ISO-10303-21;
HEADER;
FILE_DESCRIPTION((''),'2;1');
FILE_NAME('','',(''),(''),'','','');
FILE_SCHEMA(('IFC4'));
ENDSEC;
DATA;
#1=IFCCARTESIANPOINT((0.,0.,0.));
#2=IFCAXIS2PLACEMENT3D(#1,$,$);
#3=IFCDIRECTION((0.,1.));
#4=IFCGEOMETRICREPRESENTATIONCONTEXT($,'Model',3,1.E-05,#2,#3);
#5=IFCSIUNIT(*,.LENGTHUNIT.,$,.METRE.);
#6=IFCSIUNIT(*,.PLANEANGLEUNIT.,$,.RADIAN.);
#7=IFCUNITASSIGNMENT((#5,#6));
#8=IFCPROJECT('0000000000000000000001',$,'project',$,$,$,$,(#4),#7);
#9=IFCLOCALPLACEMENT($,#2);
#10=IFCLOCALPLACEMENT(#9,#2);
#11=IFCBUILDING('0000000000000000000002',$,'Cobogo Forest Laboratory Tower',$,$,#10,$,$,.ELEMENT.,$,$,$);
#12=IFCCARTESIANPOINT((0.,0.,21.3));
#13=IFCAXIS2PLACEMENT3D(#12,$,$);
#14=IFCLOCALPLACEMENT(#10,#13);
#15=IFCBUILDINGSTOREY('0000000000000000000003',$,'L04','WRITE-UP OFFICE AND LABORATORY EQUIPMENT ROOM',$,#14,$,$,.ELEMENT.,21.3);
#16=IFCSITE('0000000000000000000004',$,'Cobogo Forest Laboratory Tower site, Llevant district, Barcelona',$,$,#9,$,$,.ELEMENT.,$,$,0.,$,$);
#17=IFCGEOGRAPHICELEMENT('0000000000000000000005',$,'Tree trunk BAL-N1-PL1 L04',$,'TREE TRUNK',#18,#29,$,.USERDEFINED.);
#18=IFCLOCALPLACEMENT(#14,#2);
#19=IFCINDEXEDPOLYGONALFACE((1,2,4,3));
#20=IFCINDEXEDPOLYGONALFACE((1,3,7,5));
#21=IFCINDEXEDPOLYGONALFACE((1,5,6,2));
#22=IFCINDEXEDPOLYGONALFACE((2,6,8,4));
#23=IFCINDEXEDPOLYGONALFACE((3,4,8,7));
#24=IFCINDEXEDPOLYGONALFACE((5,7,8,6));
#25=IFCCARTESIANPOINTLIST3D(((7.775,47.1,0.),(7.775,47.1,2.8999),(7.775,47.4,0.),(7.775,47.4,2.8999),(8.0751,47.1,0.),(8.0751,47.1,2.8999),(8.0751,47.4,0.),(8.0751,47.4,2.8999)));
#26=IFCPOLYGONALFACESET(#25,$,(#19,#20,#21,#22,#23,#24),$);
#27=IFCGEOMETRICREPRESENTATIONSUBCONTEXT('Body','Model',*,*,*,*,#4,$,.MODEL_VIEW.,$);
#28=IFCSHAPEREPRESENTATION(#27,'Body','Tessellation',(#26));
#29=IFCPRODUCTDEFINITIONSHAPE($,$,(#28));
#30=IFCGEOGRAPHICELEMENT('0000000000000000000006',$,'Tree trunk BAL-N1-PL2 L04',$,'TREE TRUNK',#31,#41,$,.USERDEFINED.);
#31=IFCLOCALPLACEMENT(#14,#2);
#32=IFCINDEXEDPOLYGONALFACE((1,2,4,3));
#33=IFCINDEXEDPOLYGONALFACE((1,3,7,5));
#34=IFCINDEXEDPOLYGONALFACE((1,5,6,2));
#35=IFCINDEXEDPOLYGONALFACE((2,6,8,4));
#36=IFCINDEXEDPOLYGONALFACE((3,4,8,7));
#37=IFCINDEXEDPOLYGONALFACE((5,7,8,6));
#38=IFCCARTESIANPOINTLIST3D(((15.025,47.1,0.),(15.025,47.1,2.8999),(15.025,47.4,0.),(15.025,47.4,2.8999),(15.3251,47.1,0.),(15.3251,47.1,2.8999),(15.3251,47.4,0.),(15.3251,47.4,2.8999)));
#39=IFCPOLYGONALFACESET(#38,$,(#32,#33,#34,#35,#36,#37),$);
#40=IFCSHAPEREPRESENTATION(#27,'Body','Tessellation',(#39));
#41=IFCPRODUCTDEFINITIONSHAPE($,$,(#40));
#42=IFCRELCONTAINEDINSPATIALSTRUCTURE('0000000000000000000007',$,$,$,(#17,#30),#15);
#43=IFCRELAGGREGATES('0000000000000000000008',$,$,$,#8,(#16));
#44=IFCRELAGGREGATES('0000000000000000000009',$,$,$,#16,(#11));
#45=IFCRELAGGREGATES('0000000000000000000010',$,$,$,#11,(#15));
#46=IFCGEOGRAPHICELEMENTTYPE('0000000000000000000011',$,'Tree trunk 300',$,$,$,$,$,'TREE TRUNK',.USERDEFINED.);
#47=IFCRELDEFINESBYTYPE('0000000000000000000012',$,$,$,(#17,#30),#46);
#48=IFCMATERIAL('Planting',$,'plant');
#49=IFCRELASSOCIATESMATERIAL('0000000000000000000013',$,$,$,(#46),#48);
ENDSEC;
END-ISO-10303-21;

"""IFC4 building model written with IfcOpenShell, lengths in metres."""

from ifc_helpers import new_model, si_unit, direction, frame, origin, origin_2d, place, context, subcontext, project, spatial, rectangle, extrude, material, type_object, element, save


model = new_model("IFC4")

# Units and contexts
model_context = context("Model", 3, precision=1e-05, world=origin(), true_north=direction((0.0, 1.0)))
body_context = subcontext(model_context, "Body", "Model", "MODEL_VIEW")
ifc_project = project(units=[si_unit("LENGTHUNIT", "METRE"), si_unit("PLANEANGLEUNIT", "RADIAN")], contexts=[model_context])

# Site, building, storey
site_placement = place(None, origin())
site = spatial("IfcSite", under=ifc_project, at=site_placement, Name="Cobogo Forest Laboratory Tower site, Llevant district, Barcelona", CompositionType="ELEMENT", RefElevation=0.0)
building_placement = place(site_placement, origin())
building = spatial("IfcBuilding", under=site, at=building_placement, Name="Cobogo Forest Laboratory Tower", CompositionType="ELEMENT")
storey_placement = place(building_placement, frame((0.0, 0.0, 21.3)))
storey = spatial("IfcBuildingStorey", under=building, at=storey_placement, Name="L04", Description="WRITE-UP OFFICE AND LABORATORY EQUIPMENT ROOM", CompositionType="ELEMENT", Elevation=21.3)

# Geographic elements
ifc_material_1 = material(Name="Planting", Category="plant")
geographic_element_type = type_object("IfcGeographicElementType", Name="Tree trunk 300", ElementType="TREE TRUNK", PredefinedType="USERDEFINED", material=ifc_material_1)
for number, where, z_axis, x_axis, name in (
    (1, (7.925, 47.25, 0.0), (0.0, 0.0, 1.0), (1.0, 0.0, 0.0), "Tree trunk BAL-N1-PL1 L04"),
    (2, (15.175, 47.25, 0.0), (0.0, 0.0, 1.0), (1.0, 0.0, 0.0), "Tree trunk BAL-N1-PL2 L04"),
):
    element("IfcGeographicElement", number, at=place(storey_placement, frame(where, z_axis=z_axis, x_axis=x_axis)), inside=storey, type_object=geographic_element_type, Name=name, ObjectType="TREE TRUNK", PredefinedType="USERDEFINED", context=body_context, shape_type="SweptSolid", body=[
        extrude(rectangle(XDim=0.3, YDim=0.3, at=origin_2d()), origin(), (0.0, 0.0, 1.0), 2.8999),
    ])

save(model, "model.ifc")
